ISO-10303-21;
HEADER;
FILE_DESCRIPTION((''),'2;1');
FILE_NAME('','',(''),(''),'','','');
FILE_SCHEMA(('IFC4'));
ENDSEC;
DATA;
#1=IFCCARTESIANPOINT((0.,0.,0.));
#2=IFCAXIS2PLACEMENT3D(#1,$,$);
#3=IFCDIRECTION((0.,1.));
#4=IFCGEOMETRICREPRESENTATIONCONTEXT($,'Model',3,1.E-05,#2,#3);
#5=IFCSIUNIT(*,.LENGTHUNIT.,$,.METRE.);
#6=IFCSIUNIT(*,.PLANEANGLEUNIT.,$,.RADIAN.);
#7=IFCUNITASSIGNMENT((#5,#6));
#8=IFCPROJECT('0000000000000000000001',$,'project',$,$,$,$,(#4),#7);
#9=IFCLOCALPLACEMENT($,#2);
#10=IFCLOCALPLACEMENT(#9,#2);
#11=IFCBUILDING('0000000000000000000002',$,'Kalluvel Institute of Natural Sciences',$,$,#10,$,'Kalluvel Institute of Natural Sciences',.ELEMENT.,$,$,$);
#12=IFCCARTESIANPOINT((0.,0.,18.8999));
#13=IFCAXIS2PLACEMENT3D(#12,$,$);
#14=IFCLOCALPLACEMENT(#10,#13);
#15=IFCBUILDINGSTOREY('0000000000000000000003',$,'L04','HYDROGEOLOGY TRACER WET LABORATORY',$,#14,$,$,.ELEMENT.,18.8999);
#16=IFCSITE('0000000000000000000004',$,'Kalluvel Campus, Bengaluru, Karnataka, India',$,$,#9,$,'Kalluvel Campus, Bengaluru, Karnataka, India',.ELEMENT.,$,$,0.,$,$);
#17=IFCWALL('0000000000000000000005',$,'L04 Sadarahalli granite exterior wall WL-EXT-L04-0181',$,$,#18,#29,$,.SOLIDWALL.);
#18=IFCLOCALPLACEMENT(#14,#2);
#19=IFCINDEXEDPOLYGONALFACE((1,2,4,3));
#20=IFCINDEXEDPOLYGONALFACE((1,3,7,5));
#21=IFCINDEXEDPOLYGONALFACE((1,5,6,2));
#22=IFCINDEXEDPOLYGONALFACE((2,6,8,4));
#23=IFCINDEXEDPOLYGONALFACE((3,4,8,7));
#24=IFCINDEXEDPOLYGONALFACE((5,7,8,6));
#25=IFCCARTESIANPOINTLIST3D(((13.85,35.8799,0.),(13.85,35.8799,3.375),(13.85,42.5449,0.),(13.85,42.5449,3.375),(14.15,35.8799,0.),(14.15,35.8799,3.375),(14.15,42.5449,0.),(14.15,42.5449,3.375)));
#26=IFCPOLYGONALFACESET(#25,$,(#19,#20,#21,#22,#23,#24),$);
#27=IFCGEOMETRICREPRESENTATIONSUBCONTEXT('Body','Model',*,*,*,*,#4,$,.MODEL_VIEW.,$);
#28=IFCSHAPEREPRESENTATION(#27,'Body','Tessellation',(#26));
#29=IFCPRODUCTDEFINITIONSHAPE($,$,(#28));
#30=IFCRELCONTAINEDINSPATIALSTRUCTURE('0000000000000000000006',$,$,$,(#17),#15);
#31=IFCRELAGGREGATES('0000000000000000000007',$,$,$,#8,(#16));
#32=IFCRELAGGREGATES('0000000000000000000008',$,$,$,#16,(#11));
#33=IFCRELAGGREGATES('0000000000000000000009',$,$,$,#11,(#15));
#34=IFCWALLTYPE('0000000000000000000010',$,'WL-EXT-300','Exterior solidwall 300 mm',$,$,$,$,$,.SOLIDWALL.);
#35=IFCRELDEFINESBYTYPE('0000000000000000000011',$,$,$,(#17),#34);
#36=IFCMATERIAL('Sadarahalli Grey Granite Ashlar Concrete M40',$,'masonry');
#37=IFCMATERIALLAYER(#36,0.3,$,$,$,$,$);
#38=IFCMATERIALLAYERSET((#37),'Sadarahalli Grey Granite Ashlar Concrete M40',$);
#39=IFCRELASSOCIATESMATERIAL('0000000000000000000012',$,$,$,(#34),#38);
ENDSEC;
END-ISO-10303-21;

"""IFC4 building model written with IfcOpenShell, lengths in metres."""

from ifc_helpers import new_model, si_unit, direction, frame, frame_2d, origin, place, context, subcontext, project, spatial, rectangle, extrude, material, layer, layer_set, type_object, element, save


model = new_model("IFC4")

# Units and contexts
model_context = context("Model", 3, precision=1e-05, world=origin(), true_north=direction((0.0, 1.0)))
body_context = subcontext(model_context, "Body", "Model", "MODEL_VIEW")
ifc_project = project(units=[si_unit("LENGTHUNIT", "METRE"), si_unit("PLANEANGLEUNIT", "RADIAN")], contexts=[model_context])

# Site, building, storey
site_placement = place(None, origin())
site = spatial("IfcSite", under=ifc_project, at=site_placement, Name="Kalluvel Campus, Bengaluru, Karnataka, India", LongName="Kalluvel Campus, Bengaluru, Karnataka, India", CompositionType="ELEMENT", RefElevation=0.0)
building_placement = place(site_placement, origin())
building = spatial("IfcBuilding", under=site, at=building_placement, Name="Kalluvel Institute of Natural Sciences", LongName="Kalluvel Institute of Natural Sciences", CompositionType="ELEMENT")
storey_placement = place(building_placement, frame((0.0, 0.0, 18.8999)))
storey = spatial("IfcBuildingStorey", under=building, at=storey_placement, Name="L04", Description="HYDROGEOLOGY TRACER WET LABORATORY", CompositionType="ELEMENT", Elevation=18.8999)

# Wall
ifc_material_1 = material(Name="Sadarahalli Grey Granite Ashlar Concrete M40", Category="masonry")
ifc_layer_1 = layer(ifc_material_1, 0.3)
ifc_layer_set_1 = layer_set([ifc_layer_1], Name="Sadarahalli Grey Granite Ashlar Concrete M40")
wall_type = type_object("IfcWallType", Name="WL-EXT-300", Description="Exterior solidwall 300 mm", PredefinedType="SOLIDWALL", material=ifc_layer_set_1)
wall_placement = place(storey_placement, frame((14.0, 35.8799, 0.0), z_axis=(0.0, 0.0, 1.0), x_axis=(0.0, 1.0, 0.0)))
element("IfcWall", 1, at=wall_placement, inside=storey, type_object=wall_type, Name="L04 Sadarahalli granite exterior wall WL-EXT-L04-0181", PredefinedType="SOLIDWALL", context=body_context, shape_type="SweptSolid", body=[
    extrude(rectangle(XDim=6.665, YDim=0.3, at=frame_2d((3.3325, 0.0))), origin(), (0.0, 0.0, 1.0), 3.375),
])

save(model, "model.ifc")
